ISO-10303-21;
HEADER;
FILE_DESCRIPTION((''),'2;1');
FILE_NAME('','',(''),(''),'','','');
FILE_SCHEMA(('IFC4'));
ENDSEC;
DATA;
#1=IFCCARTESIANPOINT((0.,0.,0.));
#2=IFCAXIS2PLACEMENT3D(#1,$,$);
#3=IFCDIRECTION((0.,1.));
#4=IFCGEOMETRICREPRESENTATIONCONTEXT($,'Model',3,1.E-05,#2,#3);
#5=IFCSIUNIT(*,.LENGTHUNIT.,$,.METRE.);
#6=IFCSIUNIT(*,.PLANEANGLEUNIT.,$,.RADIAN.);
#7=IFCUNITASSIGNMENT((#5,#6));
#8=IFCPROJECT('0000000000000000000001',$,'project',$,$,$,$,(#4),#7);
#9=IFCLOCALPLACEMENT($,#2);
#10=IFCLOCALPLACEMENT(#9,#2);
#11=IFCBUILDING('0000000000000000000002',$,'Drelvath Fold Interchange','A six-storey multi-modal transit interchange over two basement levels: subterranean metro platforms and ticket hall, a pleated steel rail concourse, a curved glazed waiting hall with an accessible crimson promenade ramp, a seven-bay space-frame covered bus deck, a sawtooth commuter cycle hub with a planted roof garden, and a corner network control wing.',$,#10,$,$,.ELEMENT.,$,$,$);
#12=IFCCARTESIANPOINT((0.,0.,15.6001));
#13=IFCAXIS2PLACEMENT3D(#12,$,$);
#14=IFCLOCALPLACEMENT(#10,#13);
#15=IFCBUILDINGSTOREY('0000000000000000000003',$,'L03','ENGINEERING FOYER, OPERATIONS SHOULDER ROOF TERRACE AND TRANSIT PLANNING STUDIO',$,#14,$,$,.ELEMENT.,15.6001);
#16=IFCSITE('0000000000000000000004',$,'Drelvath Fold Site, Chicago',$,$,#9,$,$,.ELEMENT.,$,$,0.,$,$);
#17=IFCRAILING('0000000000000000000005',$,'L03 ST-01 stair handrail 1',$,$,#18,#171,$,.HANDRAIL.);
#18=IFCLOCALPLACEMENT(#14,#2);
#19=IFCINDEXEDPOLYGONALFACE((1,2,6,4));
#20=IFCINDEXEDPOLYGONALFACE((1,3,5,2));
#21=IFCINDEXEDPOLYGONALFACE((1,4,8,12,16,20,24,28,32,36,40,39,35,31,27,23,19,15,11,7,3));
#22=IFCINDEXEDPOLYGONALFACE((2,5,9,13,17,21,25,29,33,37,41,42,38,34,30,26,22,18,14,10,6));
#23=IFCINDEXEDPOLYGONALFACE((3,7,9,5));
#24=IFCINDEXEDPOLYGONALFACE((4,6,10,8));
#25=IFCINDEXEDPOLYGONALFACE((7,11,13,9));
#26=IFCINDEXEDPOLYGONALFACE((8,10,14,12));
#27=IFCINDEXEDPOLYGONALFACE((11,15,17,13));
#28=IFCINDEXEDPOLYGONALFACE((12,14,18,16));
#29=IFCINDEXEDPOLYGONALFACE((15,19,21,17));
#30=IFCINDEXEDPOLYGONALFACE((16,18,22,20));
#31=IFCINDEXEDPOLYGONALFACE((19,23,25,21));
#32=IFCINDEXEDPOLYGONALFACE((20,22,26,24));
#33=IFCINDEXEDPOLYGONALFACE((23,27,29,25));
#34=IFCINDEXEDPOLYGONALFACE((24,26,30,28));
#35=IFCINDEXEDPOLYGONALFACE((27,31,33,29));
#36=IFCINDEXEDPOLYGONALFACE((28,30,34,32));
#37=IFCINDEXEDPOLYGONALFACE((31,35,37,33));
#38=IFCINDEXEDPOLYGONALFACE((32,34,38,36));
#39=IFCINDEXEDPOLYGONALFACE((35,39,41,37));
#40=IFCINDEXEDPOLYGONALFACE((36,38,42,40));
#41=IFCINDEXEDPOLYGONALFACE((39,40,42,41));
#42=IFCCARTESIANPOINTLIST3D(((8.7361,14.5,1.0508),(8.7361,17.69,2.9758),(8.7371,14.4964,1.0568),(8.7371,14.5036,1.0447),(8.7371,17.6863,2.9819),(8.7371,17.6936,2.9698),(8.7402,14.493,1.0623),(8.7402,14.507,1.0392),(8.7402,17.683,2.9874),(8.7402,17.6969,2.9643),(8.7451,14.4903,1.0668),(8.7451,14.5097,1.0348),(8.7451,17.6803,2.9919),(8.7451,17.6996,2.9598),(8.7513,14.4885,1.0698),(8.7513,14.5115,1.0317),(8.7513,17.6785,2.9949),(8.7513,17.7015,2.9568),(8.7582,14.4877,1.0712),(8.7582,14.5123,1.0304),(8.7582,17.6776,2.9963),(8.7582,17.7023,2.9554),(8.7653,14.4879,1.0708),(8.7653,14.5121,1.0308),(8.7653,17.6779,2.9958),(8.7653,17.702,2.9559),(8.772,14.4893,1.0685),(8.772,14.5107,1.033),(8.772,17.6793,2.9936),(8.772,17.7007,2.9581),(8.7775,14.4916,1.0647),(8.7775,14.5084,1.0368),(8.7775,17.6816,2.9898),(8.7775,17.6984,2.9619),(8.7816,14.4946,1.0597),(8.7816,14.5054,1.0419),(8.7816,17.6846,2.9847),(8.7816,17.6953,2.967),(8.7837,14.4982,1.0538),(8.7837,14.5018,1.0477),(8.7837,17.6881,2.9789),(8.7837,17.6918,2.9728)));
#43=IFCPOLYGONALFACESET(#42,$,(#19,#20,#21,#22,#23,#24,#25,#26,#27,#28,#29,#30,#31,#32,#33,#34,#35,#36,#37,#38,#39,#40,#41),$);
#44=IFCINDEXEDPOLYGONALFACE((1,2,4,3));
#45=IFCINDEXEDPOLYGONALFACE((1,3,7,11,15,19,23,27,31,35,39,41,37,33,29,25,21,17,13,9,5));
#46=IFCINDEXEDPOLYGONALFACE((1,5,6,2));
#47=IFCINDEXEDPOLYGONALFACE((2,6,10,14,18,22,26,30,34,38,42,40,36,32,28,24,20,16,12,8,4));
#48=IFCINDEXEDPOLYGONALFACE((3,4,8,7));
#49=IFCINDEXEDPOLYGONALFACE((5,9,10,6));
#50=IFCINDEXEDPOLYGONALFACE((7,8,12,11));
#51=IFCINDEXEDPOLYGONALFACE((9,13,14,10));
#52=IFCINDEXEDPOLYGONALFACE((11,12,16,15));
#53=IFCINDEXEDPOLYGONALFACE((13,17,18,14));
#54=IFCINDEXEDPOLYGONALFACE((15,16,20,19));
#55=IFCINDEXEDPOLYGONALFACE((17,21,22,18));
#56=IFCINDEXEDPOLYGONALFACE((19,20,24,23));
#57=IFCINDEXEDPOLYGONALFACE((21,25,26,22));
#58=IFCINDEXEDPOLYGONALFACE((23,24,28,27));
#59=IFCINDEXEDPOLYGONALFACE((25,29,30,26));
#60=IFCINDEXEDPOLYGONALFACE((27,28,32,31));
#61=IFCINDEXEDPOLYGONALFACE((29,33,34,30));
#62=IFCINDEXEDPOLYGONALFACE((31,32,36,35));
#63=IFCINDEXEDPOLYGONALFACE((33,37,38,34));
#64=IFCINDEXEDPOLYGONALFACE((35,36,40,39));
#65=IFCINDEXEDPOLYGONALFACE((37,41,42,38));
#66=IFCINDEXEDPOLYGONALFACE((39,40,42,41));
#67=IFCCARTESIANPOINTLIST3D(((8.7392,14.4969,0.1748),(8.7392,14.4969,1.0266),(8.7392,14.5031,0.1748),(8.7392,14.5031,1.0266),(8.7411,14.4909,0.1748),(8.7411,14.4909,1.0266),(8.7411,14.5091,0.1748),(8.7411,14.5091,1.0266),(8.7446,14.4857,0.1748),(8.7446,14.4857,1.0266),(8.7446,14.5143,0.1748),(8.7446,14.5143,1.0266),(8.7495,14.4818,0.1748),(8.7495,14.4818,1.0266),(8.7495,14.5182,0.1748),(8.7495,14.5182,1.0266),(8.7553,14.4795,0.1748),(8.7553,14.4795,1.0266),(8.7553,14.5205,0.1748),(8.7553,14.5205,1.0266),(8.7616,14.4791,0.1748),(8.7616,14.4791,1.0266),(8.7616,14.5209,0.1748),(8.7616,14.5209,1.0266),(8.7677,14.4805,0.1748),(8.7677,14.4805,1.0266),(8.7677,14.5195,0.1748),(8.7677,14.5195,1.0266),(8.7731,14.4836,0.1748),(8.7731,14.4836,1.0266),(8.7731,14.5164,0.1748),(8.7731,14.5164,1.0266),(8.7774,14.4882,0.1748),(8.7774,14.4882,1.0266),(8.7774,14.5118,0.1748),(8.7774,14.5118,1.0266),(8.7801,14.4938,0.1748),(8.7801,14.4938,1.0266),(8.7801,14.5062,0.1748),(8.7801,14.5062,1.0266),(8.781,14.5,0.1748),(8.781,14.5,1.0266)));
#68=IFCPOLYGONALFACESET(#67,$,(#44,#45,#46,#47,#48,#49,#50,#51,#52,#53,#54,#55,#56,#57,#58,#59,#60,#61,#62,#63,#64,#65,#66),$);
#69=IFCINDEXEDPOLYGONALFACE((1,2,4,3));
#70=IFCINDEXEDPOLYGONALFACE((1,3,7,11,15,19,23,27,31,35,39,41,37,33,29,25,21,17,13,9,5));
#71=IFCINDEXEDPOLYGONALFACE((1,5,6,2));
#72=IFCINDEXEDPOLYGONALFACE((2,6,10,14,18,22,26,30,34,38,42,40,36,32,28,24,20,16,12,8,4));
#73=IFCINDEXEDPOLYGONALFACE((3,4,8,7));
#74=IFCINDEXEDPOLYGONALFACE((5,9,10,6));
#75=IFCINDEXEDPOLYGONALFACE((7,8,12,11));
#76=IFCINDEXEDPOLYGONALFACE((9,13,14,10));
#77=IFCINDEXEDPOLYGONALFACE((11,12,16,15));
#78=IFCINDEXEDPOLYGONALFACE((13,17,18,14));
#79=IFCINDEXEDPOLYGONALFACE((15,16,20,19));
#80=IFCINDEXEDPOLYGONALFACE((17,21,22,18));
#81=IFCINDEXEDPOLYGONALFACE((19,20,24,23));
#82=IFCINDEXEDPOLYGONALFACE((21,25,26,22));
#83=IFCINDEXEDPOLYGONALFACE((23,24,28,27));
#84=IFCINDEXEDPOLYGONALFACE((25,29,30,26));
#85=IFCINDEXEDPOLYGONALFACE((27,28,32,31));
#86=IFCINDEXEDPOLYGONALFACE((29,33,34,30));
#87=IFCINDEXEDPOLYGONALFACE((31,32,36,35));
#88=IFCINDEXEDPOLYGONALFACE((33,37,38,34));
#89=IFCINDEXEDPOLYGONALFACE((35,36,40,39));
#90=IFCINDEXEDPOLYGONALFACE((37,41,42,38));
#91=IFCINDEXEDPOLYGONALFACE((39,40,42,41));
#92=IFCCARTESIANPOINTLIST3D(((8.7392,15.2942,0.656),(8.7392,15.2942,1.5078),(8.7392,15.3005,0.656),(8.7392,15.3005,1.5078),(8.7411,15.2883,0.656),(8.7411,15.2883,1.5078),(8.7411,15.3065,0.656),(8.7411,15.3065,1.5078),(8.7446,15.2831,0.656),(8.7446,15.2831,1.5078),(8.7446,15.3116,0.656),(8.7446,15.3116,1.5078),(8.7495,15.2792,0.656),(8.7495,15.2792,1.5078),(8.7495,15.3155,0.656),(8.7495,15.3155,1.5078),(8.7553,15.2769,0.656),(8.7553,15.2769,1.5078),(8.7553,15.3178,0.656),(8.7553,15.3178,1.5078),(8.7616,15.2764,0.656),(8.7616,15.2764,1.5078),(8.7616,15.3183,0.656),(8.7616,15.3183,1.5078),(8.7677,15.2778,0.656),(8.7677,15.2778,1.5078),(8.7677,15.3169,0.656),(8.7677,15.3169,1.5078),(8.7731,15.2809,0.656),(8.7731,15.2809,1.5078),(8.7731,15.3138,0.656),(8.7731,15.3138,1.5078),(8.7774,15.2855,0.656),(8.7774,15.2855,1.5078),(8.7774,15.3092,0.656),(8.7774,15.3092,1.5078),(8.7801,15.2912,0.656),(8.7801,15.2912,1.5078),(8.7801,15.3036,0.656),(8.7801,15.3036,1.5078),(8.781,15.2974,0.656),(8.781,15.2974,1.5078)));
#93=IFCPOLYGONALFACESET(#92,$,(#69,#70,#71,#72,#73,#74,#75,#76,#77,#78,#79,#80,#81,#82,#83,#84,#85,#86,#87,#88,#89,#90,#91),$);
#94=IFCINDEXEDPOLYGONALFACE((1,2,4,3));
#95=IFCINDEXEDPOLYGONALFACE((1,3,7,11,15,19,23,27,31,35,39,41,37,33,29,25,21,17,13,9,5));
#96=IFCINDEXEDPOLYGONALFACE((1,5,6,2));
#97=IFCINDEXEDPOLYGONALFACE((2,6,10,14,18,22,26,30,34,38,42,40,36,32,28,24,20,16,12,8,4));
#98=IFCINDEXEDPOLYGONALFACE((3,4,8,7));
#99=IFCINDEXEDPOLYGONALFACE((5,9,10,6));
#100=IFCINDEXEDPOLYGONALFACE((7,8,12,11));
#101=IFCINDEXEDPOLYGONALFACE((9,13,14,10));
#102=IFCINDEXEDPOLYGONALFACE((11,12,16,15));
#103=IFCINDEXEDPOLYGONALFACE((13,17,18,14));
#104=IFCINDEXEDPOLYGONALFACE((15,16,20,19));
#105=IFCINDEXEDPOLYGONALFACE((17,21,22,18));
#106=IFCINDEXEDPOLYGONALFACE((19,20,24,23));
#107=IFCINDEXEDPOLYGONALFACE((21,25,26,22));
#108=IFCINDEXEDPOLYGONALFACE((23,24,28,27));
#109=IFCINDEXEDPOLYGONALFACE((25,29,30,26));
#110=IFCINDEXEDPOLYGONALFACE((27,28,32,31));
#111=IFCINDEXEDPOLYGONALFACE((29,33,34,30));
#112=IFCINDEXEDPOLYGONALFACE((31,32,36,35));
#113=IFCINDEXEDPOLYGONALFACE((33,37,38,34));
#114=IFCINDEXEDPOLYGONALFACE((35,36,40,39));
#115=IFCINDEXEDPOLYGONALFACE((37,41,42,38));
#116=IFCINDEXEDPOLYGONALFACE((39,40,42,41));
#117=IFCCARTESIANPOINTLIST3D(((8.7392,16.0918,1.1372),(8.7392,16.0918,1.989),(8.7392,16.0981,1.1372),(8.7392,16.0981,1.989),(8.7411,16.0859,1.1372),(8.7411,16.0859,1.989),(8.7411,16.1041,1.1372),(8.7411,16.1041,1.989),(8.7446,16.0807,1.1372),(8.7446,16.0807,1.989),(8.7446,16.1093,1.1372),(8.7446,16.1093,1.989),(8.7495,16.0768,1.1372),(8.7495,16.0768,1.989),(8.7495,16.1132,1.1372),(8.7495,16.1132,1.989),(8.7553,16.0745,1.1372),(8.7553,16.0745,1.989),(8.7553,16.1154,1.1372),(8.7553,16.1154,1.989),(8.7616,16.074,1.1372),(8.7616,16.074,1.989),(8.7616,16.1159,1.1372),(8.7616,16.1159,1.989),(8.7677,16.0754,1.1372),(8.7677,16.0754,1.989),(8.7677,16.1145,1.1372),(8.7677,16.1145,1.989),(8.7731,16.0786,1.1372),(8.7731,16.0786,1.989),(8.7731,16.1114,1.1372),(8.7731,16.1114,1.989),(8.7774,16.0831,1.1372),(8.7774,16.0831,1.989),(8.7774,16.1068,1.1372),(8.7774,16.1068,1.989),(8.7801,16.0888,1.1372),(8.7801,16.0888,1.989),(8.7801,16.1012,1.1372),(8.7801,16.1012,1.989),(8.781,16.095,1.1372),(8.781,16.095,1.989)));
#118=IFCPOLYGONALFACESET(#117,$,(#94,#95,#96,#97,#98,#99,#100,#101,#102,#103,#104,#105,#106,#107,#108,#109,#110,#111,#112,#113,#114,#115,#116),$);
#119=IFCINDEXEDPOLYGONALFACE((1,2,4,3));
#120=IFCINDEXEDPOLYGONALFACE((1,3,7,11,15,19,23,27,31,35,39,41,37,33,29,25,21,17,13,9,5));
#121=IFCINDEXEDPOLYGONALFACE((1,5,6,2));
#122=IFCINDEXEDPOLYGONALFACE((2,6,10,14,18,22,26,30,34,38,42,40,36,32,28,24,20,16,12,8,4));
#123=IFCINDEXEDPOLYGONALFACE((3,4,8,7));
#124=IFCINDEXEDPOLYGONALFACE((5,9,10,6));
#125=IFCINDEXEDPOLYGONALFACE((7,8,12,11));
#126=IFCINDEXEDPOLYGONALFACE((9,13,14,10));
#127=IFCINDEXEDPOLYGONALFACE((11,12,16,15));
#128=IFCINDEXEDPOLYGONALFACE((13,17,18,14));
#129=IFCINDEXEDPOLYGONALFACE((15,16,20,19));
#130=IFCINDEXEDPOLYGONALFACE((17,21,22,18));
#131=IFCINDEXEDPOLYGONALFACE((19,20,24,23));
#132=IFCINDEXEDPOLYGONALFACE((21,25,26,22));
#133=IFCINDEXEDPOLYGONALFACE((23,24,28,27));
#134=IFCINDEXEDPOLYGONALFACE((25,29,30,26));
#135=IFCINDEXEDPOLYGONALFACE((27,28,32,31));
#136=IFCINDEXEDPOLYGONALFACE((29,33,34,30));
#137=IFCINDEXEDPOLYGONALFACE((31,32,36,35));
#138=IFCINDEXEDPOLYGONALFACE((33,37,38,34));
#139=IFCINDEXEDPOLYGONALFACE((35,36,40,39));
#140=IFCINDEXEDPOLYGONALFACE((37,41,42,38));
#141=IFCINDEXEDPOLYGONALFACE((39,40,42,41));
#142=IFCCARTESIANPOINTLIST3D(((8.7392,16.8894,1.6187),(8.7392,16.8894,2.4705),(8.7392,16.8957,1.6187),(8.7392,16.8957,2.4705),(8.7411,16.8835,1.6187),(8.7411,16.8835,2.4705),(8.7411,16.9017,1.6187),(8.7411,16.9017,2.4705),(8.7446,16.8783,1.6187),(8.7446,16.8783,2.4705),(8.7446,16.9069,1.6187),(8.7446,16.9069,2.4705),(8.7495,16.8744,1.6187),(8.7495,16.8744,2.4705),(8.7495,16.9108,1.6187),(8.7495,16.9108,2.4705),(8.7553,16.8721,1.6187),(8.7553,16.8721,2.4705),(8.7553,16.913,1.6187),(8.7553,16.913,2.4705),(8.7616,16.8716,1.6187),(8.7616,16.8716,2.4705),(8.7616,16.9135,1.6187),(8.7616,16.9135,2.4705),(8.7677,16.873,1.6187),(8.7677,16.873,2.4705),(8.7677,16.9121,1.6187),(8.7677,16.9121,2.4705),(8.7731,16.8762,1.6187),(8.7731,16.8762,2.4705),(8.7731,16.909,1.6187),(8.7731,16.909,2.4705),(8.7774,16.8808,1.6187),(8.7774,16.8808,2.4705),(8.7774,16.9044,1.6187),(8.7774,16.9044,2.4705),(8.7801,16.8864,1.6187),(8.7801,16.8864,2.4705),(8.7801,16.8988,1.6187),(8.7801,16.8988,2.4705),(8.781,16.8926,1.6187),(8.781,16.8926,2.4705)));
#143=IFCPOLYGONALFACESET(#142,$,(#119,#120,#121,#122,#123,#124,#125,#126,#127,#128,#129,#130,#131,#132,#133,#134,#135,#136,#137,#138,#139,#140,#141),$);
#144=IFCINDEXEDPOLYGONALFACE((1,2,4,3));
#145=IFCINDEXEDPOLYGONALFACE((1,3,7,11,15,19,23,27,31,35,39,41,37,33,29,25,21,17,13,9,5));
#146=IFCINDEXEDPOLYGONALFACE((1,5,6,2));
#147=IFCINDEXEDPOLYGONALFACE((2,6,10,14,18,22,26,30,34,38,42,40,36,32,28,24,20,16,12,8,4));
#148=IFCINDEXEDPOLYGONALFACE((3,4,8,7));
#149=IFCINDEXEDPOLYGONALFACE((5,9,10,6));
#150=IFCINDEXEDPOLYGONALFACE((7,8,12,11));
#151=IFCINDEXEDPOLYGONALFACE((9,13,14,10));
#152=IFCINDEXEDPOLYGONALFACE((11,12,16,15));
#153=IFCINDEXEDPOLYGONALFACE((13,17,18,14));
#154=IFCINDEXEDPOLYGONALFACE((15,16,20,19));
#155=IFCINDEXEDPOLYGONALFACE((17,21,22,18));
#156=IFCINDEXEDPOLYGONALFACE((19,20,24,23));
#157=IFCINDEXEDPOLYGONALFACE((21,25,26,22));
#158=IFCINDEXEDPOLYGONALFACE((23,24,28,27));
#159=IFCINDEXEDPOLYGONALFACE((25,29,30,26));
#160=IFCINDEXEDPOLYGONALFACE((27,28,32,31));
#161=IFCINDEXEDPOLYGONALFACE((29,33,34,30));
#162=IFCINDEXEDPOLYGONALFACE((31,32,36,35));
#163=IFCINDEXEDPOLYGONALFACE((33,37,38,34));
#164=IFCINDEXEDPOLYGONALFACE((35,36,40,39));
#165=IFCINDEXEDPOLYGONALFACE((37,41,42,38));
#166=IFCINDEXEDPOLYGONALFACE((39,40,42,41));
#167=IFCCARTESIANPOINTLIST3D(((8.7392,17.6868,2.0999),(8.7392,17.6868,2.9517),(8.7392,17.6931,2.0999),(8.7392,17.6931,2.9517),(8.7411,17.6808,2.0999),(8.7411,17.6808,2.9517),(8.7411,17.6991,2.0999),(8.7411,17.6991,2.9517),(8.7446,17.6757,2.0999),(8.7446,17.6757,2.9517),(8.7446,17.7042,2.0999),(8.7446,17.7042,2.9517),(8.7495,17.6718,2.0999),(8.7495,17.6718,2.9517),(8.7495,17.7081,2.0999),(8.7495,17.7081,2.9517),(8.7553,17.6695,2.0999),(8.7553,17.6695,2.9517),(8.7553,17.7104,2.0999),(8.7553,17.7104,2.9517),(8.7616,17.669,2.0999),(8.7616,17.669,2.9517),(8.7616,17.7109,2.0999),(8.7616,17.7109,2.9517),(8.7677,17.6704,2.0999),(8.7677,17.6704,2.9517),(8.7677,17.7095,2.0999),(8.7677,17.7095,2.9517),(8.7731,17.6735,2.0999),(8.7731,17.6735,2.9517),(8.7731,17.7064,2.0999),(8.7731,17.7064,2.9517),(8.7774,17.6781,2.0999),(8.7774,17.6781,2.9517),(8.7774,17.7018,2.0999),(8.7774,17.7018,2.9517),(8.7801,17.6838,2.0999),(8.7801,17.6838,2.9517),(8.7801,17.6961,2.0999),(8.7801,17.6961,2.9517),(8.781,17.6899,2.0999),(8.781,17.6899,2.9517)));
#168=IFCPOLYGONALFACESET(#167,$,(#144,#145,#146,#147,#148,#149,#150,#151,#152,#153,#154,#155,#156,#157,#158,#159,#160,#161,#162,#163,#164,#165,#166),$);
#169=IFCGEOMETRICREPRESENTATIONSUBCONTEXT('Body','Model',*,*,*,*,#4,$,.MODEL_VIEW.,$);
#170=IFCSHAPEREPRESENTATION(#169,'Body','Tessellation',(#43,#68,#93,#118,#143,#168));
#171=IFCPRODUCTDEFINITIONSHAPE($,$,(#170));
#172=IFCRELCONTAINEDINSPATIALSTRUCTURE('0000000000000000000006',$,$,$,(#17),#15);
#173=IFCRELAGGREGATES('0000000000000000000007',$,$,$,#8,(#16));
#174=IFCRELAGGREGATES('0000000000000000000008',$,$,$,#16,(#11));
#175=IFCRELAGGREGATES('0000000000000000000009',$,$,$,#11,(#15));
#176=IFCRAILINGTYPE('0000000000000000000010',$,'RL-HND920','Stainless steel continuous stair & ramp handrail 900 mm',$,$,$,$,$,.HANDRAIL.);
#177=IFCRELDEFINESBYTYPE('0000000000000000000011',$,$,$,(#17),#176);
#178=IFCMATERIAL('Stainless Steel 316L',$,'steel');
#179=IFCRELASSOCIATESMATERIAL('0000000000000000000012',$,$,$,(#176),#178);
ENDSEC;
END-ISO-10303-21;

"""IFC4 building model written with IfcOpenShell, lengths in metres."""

from ifc_helpers import new_model, si_unit, direction, frame, origin, origin_2d, place, context, subcontext, project, spatial, circle, extrude, material, type_object, element, save


model = new_model("IFC4")

# Units and contexts
model_context = context("Model", 3, precision=1e-05, world=origin(), true_north=direction((0.0, 1.0)))
body_context = subcontext(model_context, "Body", "Model", "MODEL_VIEW")
ifc_project = project(units=[si_unit("LENGTHUNIT", "METRE"), si_unit("PLANEANGLEUNIT", "RADIAN")], contexts=[model_context])

# Site, building, storey
site_placement = place(None, origin())
site = spatial("IfcSite", under=ifc_project, at=site_placement, Name="Drelvath Fold Site, Chicago", CompositionType="ELEMENT", RefElevation=0.0)
building_placement = place(site_placement, origin())
building = spatial("IfcBuilding", under=site, at=building_placement, Name="Drelvath Fold Interchange", Description="A six-storey multi-modal transit interchange over two basement levels: subterranean metro platforms and ticket hall, a pleated steel rail concourse, a curved glazed waiting hall with an accessible crimson promenade ramp, a seven-bay space-frame covered bus deck, a sawtooth commuter cycle hub with a planted roof garden, and a corner network control wing.", CompositionType="ELEMENT")
storey_placement = place(building_placement, frame((0.0, 0.0, 15.6001)))
storey = spatial("IfcBuildingStorey", under=building, at=storey_placement, Name="L03", Description="ENGINEERING FOYER, OPERATIONS SHOULDER ROOF TERRACE AND TRANSIT PLANNING STUDIO", CompositionType="ELEMENT", Elevation=15.6001)

# Railing
ifc_material_1 = material(Name="Stainless Steel 316L", Category="steel")
railing_type_1 = type_object("IfcRailingType", Name="RL-HND920", Description="Stainless steel continuous stair & ramp handrail 900 mm", PredefinedType="HANDRAIL", material=ifc_material_1)
railing_1_placement = place(storey_placement, frame((8.76, 14.5, 0.1748)))
element("IfcRailing", 1, at=railing_1_placement, inside=storey, type_object=railing_type_1, Name="L03 ST-01 stair handrail 1", PredefinedType="HANDRAIL", context=body_context, shape_type="SweptSolid", body=[
    extrude(circle(Radius=0.0239, at=origin_2d()), frame((0.0, 0.0, 0.876), z_axis=(0.0, 0.856178, 0.516682), x_axis=(-1.0, 0.0, 0.0)), (0.0, 0.0, 1.0), 3.7258),
    extrude(circle(Radius=0.021, at=origin_2d()), origin(), (0.0, 0.0, 1.0), 0.8518),
    extrude(circle(Radius=0.021, at=origin_2d()), frame((0.0, 0.7974, 0.4812)), (0.0, 0.0, 1.0), 0.8518),
    extrude(circle(Radius=0.021, at=origin_2d()), frame((0.0, 1.595, 0.9624)), (0.0, 0.0, 1.0), 0.8518),
    extrude(circle(Radius=0.021, at=origin_2d()), frame((0.0, 2.3926, 1.4438)), (0.0, 0.0, 1.0), 0.8518),
    extrude(circle(Radius=0.021, at=origin_2d()), frame((0.0, 3.1899, 1.925)), (0.0, 0.0, 1.0), 0.8518),
])

save(model, "model.ifc")
